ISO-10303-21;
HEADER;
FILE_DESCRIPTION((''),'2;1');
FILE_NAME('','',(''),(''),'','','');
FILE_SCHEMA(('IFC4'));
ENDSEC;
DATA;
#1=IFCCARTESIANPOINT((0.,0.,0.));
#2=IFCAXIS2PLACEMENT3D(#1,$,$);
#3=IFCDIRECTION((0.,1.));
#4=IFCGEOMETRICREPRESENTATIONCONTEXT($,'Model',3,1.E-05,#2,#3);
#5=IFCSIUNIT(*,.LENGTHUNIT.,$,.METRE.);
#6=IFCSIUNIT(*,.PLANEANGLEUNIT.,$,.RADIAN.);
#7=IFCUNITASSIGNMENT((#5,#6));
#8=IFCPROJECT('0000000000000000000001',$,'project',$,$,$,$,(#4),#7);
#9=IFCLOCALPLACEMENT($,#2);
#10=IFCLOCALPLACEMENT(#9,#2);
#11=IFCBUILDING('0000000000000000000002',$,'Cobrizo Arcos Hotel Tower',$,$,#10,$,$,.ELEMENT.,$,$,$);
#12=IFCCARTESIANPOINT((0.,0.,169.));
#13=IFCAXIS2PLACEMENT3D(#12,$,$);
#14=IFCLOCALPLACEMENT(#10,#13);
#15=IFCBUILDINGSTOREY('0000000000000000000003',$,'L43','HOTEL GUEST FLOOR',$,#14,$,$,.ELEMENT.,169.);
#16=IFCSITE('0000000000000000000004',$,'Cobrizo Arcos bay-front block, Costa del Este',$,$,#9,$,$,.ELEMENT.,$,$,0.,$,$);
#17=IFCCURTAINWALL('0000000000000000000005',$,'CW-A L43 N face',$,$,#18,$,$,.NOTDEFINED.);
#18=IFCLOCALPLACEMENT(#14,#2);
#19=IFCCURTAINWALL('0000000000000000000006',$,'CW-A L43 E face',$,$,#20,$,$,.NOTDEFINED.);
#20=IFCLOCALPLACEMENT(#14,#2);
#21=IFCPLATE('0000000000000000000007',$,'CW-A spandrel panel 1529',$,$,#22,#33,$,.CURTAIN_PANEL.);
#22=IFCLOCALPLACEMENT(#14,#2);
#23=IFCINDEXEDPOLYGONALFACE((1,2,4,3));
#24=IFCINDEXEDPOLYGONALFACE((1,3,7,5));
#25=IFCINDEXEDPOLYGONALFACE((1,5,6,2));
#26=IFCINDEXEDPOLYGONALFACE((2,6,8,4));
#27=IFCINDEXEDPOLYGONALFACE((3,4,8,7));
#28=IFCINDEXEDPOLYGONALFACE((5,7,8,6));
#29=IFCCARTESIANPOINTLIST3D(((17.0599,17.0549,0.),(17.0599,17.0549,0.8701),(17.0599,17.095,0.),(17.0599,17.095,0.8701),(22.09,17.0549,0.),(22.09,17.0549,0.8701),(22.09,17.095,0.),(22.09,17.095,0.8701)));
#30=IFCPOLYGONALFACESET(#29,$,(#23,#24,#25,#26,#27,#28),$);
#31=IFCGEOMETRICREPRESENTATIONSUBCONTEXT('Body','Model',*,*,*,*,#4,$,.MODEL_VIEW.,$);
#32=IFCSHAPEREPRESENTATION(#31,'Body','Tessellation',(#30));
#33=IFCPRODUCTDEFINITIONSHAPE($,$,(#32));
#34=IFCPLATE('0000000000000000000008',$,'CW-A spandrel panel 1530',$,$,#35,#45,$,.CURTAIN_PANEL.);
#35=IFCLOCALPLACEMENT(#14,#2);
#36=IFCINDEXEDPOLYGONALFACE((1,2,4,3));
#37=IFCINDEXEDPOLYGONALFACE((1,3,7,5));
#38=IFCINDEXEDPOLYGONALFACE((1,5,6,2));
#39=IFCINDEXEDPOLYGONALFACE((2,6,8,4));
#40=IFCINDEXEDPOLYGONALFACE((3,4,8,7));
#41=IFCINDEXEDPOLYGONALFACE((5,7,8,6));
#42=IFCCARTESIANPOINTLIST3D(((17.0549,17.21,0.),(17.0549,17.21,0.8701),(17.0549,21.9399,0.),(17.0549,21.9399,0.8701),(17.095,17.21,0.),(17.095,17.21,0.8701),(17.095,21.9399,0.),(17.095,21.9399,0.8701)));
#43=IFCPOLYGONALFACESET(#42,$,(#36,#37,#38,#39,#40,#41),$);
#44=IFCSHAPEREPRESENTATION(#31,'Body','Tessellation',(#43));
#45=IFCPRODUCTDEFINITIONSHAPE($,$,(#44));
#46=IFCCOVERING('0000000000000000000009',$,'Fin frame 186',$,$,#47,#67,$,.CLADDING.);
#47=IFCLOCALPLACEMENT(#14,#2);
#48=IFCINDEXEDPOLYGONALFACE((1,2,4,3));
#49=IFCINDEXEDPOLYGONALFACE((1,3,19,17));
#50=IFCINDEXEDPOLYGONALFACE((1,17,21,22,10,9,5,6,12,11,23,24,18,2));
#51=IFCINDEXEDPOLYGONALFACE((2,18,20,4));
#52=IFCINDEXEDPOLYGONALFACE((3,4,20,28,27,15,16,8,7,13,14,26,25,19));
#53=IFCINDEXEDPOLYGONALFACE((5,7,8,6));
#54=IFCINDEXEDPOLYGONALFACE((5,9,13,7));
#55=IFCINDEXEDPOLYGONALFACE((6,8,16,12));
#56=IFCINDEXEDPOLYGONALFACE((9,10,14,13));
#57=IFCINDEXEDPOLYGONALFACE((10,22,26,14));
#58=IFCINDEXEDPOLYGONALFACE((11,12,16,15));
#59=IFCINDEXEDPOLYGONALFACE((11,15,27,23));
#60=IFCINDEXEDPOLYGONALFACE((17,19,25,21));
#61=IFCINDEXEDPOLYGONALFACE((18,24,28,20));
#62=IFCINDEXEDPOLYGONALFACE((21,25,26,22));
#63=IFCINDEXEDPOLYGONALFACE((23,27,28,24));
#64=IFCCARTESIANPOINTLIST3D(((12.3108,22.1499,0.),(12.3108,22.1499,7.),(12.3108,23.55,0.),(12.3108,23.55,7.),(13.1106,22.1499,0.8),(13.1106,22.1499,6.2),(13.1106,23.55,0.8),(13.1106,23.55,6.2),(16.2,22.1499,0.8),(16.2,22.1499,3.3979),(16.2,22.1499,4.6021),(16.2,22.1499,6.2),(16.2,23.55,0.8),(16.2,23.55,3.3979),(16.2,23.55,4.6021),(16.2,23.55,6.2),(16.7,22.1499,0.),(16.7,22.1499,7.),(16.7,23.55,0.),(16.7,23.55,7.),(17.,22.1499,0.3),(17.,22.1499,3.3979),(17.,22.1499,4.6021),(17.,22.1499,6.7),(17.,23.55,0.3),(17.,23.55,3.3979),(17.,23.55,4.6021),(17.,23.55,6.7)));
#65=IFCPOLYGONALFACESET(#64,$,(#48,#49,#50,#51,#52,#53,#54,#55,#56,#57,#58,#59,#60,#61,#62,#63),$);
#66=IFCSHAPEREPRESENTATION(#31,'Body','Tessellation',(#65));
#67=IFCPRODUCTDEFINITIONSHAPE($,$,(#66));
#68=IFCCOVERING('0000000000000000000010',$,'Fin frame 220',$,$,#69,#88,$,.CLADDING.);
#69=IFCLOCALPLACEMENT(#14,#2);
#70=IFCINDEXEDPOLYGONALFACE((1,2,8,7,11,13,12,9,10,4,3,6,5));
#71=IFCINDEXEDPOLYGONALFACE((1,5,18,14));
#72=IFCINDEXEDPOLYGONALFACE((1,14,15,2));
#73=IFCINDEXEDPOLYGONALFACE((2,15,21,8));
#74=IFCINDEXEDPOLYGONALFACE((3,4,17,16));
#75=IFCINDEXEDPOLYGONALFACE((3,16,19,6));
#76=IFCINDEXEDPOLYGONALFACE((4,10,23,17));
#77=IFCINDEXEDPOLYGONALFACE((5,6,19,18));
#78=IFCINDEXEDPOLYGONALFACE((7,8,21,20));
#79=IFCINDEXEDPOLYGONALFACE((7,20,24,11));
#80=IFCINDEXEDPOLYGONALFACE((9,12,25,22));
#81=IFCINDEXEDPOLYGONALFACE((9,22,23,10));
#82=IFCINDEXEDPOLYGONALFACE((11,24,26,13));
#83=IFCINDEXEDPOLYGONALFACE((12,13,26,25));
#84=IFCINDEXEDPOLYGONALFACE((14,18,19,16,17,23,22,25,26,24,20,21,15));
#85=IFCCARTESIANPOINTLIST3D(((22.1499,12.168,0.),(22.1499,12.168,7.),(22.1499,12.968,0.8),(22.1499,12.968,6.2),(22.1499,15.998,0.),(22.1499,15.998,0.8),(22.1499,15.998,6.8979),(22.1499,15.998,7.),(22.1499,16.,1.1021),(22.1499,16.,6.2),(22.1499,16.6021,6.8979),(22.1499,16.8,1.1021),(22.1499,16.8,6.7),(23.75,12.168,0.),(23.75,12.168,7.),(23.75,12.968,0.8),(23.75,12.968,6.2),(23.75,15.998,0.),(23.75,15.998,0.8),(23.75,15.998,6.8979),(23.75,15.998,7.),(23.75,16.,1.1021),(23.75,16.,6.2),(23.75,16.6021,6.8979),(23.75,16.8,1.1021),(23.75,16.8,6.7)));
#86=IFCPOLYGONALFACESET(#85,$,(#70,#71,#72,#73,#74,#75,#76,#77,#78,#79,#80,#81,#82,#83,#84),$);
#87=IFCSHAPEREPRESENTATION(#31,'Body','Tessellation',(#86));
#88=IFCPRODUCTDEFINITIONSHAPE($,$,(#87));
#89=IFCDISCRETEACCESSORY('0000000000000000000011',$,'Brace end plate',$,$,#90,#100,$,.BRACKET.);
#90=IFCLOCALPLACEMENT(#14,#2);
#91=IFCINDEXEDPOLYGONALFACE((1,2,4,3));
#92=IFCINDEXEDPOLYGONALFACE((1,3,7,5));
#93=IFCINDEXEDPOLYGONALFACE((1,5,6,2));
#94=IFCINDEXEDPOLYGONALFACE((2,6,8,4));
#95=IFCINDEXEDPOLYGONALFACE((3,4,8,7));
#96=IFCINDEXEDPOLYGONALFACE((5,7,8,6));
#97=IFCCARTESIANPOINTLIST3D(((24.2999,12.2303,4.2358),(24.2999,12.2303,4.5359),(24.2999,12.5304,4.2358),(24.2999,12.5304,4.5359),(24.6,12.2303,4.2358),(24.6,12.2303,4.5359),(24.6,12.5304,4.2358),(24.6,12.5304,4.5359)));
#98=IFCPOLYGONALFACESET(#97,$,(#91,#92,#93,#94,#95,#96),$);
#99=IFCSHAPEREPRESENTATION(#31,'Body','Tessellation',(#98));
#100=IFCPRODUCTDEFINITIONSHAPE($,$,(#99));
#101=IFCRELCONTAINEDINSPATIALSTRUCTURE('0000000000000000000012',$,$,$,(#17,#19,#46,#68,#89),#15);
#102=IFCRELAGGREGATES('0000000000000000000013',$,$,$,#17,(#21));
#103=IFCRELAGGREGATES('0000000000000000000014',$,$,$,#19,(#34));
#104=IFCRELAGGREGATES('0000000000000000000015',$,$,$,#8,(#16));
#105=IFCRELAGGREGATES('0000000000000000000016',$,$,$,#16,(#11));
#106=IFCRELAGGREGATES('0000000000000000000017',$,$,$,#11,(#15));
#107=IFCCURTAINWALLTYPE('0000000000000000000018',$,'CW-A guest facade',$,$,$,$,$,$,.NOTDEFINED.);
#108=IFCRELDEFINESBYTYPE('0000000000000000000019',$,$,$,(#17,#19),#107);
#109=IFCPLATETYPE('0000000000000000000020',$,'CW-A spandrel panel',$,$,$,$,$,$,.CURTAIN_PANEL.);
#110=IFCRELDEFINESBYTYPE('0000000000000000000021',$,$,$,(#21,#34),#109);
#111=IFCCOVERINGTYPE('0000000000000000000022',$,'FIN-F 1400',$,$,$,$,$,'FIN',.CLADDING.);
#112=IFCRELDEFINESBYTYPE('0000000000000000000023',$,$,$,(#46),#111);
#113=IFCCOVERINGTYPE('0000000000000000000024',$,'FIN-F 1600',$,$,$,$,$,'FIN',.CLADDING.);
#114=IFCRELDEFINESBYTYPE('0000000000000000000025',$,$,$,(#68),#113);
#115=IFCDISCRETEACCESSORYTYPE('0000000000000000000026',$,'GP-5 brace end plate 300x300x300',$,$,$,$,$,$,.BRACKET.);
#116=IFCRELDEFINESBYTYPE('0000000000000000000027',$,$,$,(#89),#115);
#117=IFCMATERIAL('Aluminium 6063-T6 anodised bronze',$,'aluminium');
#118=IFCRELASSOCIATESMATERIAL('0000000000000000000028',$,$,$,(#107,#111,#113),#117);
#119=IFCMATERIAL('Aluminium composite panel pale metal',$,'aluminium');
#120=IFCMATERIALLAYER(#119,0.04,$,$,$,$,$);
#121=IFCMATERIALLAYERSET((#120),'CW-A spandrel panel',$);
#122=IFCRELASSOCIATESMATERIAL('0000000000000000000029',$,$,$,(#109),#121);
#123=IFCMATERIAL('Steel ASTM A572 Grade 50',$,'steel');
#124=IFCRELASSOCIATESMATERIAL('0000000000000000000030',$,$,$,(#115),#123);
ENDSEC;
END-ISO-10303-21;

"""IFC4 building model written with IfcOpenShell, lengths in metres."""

from ifc_helpers import new_model, si_unit, direction, frame, origin, origin_2d, place, context, subcontext, project, spatial, polyline, rectangle, outline, extrude, material, layer, layer_set, type_object, element, aggregate, save


model = new_model("IFC4")

# Units and contexts
model_context = context("Model", 3, precision=1e-05, world=origin(), true_north=direction((0.0, 1.0)))
body_context = subcontext(model_context, "Body", "Model", "MODEL_VIEW")
ifc_project = project(units=[si_unit("LENGTHUNIT", "METRE"), si_unit("PLANEANGLEUNIT", "RADIAN")], contexts=[model_context])

# Site, building, storey
site_placement = place(None, origin())
site = spatial("IfcSite", under=ifc_project, at=site_placement, Name="Cobrizo Arcos bay-front block, Costa del Este", CompositionType="ELEMENT", RefElevation=0.0)
building_placement = place(site_placement, origin())
building = spatial("IfcBuilding", under=site, at=building_placement, Name="Cobrizo Arcos Hotel Tower", CompositionType="ELEMENT")
storey_placement = place(building_placement, frame((0.0, 0.0, 169.0)))
storey = spatial("IfcBuildingStorey", under=building, at=storey_placement, Name="L43", Description="HOTEL GUEST FLOOR", CompositionType="ELEMENT", Elevation=169.0)

# Shared definitions
ifc_material_1 = material(Name="Steel ASTM A572 Grade 50", Category="steel")

# Shared definitions
ifc_material_2 = material(Name="Aluminium 6063-T6 anodised bronze", Category="aluminium")
curtain_wall_type = type_object("IfcCurtainWallType", Name="CW-A guest facade", PredefinedType="NOTDEFINED", material=ifc_material_2)

# Curtain walls
curtain_wall_1_placement = place(storey_placement, origin())
curtain_wall_1 = element("IfcCurtainWall", 1, at=curtain_wall_1_placement, inside=storey, type_object=curtain_wall_type, Name="CW-A L43 N face", PredefinedType="NOTDEFINED")
curtain_wall_2_placement = place(storey_placement, origin())
curtain_wall_2 = element("IfcCurtainWall", 2, at=curtain_wall_2_placement, inside=storey, type_object=curtain_wall_type, Name="CW-A L43 E face", PredefinedType="NOTDEFINED")

# Plates
ifc_material_3 = material(Name="Aluminium composite panel pale metal", Category="aluminium")
ifc_layer_1 = layer(ifc_material_3, 0.04)
ifc_layer_set_1 = layer_set([ifc_layer_1], Name="CW-A spandrel panel")
plate_type_1 = type_object("IfcPlateType", Name="CW-A spandrel panel", PredefinedType="CURTAIN_PANEL", material=ifc_layer_set_1)
plate_1_placement = place(storey_placement, frame((19.575, 17.075, 0.0), z_axis=(0.0, 0.0, 1.0), x_axis=(-1.0, 0.0, 0.0)))
plate_1 = element("IfcPlate", 3, at=plate_1_placement, type_object=plate_type_1, Name="CW-A spandrel panel 1529", PredefinedType="CURTAIN_PANEL", context=body_context, shape_type="SweptSolid", body=[
    extrude(rectangle(XDim=5.03, YDim=0.04, at=origin_2d()), origin(), (0.0, 0.0, 1.0), 0.8701),
])
aggregate(curtain_wall_1, [plate_1])
plate_2_placement = place(storey_placement, frame((17.075, 19.575, 0.0), z_axis=(0.0, 0.0, 1.0), x_axis=(0.0, 1.0, 0.0)))
plate_2 = element("IfcPlate", 4, at=plate_2_placement, type_object=plate_type_1, Name="CW-A spandrel panel 1530", PredefinedType="CURTAIN_PANEL", context=body_context, shape_type="SweptSolid", body=[
    extrude(rectangle(XDim=4.73, YDim=0.04, at=origin_2d()), origin(), (0.0, 0.0, 1.0), 0.8701),
])
aggregate(curtain_wall_2, [plate_2])

# Coverings
covering_type_1 = type_object("IfcCoveringType", Name="FIN-F 1400", ElementType="FIN", PredefinedType="CLADDING", material=ifc_material_2)
covering_1_placement = place(storey_placement, frame((17.0, 22.1499, 0.0), z_axis=(0.0, 1.0, 0.0), x_axis=(-1.0, 0.0, 0.0)))
element("IfcCovering", 5, at=covering_1_placement, inside=storey, type_object=covering_type_1, Name="Fin frame 186", PredefinedType="CLADDING", context=body_context, shape_type="SweptSolid", body=[
    extrude(outline(polyline([(0.0, 6.7), (0.0, 4.6021), (0.8, 4.6021), (0.8, 6.2), (3.8894, 6.2), (3.8894, 0.8), (0.8, 0.8), (0.8, 3.3979), (0.0, 3.3979), (0.0, 0.3), (0.3, 0.0), (4.6892, 0.0), (4.6892, 7.0), (0.3, 7.0), (0.0, 6.7)])), origin(), (0.0, 0.0, 1.0), 1.4001),
])
covering_type_2 = type_object("IfcCoveringType", Name="FIN-F 1600", ElementType="FIN", PredefinedType="CLADDING", material=ifc_material_2)
covering_2_placement = place(storey_placement, frame((22.1499, 12.168, 0.0), z_axis=(1.0, 0.0, 0.0), x_axis=(0.0, 1.0, 0.0)))
element("IfcCovering", 6, at=covering_2_placement, inside=storey, type_object=covering_type_2, Name="Fin frame 220", PredefinedType="CLADDING", context=body_context, shape_type="SweptSolid", body=[
    extrude(outline(polyline([(0.0, 0.0), (3.8301, 0.0), (3.8301, 0.8), (0.8, 0.8), (0.8, 6.2), (3.832, 6.2), (3.832, 1.1021), (4.6321, 1.1021), (4.6321, 6.7), (4.4341, 6.8979), (3.8301, 6.8979), (3.8301, 7.0), (0.0, 7.0), (0.0, 0.0)])), origin(), (0.0, 0.0, 1.0), 1.6001),
])

# Discrete accessory
discrete_accessory_type = type_object("IfcDiscreteAccessoryType", Name="GP-5 brace end plate 300x300x300", PredefinedType="BRACKET", material=ifc_material_1)
discrete_accessory_placement = place(storey_placement, frame((24.45, 12.3804, 4.2358), z_axis=(0.0, 0.0, 1.0), x_axis=(1.0, 0.0, 0.0)))
element("IfcDiscreteAccessory", 7, at=discrete_accessory_placement, inside=storey, type_object=discrete_accessory_type, Name="Brace end plate", PredefinedType="BRACKET", context=body_context, shape_type="SweptSolid", body=[
    extrude(rectangle(XDim=0.3, YDim=0.3, at=origin_2d()), origin(), (0.0, 0.0, 1.0), 0.3),
])

save(model, "model.ifc")
